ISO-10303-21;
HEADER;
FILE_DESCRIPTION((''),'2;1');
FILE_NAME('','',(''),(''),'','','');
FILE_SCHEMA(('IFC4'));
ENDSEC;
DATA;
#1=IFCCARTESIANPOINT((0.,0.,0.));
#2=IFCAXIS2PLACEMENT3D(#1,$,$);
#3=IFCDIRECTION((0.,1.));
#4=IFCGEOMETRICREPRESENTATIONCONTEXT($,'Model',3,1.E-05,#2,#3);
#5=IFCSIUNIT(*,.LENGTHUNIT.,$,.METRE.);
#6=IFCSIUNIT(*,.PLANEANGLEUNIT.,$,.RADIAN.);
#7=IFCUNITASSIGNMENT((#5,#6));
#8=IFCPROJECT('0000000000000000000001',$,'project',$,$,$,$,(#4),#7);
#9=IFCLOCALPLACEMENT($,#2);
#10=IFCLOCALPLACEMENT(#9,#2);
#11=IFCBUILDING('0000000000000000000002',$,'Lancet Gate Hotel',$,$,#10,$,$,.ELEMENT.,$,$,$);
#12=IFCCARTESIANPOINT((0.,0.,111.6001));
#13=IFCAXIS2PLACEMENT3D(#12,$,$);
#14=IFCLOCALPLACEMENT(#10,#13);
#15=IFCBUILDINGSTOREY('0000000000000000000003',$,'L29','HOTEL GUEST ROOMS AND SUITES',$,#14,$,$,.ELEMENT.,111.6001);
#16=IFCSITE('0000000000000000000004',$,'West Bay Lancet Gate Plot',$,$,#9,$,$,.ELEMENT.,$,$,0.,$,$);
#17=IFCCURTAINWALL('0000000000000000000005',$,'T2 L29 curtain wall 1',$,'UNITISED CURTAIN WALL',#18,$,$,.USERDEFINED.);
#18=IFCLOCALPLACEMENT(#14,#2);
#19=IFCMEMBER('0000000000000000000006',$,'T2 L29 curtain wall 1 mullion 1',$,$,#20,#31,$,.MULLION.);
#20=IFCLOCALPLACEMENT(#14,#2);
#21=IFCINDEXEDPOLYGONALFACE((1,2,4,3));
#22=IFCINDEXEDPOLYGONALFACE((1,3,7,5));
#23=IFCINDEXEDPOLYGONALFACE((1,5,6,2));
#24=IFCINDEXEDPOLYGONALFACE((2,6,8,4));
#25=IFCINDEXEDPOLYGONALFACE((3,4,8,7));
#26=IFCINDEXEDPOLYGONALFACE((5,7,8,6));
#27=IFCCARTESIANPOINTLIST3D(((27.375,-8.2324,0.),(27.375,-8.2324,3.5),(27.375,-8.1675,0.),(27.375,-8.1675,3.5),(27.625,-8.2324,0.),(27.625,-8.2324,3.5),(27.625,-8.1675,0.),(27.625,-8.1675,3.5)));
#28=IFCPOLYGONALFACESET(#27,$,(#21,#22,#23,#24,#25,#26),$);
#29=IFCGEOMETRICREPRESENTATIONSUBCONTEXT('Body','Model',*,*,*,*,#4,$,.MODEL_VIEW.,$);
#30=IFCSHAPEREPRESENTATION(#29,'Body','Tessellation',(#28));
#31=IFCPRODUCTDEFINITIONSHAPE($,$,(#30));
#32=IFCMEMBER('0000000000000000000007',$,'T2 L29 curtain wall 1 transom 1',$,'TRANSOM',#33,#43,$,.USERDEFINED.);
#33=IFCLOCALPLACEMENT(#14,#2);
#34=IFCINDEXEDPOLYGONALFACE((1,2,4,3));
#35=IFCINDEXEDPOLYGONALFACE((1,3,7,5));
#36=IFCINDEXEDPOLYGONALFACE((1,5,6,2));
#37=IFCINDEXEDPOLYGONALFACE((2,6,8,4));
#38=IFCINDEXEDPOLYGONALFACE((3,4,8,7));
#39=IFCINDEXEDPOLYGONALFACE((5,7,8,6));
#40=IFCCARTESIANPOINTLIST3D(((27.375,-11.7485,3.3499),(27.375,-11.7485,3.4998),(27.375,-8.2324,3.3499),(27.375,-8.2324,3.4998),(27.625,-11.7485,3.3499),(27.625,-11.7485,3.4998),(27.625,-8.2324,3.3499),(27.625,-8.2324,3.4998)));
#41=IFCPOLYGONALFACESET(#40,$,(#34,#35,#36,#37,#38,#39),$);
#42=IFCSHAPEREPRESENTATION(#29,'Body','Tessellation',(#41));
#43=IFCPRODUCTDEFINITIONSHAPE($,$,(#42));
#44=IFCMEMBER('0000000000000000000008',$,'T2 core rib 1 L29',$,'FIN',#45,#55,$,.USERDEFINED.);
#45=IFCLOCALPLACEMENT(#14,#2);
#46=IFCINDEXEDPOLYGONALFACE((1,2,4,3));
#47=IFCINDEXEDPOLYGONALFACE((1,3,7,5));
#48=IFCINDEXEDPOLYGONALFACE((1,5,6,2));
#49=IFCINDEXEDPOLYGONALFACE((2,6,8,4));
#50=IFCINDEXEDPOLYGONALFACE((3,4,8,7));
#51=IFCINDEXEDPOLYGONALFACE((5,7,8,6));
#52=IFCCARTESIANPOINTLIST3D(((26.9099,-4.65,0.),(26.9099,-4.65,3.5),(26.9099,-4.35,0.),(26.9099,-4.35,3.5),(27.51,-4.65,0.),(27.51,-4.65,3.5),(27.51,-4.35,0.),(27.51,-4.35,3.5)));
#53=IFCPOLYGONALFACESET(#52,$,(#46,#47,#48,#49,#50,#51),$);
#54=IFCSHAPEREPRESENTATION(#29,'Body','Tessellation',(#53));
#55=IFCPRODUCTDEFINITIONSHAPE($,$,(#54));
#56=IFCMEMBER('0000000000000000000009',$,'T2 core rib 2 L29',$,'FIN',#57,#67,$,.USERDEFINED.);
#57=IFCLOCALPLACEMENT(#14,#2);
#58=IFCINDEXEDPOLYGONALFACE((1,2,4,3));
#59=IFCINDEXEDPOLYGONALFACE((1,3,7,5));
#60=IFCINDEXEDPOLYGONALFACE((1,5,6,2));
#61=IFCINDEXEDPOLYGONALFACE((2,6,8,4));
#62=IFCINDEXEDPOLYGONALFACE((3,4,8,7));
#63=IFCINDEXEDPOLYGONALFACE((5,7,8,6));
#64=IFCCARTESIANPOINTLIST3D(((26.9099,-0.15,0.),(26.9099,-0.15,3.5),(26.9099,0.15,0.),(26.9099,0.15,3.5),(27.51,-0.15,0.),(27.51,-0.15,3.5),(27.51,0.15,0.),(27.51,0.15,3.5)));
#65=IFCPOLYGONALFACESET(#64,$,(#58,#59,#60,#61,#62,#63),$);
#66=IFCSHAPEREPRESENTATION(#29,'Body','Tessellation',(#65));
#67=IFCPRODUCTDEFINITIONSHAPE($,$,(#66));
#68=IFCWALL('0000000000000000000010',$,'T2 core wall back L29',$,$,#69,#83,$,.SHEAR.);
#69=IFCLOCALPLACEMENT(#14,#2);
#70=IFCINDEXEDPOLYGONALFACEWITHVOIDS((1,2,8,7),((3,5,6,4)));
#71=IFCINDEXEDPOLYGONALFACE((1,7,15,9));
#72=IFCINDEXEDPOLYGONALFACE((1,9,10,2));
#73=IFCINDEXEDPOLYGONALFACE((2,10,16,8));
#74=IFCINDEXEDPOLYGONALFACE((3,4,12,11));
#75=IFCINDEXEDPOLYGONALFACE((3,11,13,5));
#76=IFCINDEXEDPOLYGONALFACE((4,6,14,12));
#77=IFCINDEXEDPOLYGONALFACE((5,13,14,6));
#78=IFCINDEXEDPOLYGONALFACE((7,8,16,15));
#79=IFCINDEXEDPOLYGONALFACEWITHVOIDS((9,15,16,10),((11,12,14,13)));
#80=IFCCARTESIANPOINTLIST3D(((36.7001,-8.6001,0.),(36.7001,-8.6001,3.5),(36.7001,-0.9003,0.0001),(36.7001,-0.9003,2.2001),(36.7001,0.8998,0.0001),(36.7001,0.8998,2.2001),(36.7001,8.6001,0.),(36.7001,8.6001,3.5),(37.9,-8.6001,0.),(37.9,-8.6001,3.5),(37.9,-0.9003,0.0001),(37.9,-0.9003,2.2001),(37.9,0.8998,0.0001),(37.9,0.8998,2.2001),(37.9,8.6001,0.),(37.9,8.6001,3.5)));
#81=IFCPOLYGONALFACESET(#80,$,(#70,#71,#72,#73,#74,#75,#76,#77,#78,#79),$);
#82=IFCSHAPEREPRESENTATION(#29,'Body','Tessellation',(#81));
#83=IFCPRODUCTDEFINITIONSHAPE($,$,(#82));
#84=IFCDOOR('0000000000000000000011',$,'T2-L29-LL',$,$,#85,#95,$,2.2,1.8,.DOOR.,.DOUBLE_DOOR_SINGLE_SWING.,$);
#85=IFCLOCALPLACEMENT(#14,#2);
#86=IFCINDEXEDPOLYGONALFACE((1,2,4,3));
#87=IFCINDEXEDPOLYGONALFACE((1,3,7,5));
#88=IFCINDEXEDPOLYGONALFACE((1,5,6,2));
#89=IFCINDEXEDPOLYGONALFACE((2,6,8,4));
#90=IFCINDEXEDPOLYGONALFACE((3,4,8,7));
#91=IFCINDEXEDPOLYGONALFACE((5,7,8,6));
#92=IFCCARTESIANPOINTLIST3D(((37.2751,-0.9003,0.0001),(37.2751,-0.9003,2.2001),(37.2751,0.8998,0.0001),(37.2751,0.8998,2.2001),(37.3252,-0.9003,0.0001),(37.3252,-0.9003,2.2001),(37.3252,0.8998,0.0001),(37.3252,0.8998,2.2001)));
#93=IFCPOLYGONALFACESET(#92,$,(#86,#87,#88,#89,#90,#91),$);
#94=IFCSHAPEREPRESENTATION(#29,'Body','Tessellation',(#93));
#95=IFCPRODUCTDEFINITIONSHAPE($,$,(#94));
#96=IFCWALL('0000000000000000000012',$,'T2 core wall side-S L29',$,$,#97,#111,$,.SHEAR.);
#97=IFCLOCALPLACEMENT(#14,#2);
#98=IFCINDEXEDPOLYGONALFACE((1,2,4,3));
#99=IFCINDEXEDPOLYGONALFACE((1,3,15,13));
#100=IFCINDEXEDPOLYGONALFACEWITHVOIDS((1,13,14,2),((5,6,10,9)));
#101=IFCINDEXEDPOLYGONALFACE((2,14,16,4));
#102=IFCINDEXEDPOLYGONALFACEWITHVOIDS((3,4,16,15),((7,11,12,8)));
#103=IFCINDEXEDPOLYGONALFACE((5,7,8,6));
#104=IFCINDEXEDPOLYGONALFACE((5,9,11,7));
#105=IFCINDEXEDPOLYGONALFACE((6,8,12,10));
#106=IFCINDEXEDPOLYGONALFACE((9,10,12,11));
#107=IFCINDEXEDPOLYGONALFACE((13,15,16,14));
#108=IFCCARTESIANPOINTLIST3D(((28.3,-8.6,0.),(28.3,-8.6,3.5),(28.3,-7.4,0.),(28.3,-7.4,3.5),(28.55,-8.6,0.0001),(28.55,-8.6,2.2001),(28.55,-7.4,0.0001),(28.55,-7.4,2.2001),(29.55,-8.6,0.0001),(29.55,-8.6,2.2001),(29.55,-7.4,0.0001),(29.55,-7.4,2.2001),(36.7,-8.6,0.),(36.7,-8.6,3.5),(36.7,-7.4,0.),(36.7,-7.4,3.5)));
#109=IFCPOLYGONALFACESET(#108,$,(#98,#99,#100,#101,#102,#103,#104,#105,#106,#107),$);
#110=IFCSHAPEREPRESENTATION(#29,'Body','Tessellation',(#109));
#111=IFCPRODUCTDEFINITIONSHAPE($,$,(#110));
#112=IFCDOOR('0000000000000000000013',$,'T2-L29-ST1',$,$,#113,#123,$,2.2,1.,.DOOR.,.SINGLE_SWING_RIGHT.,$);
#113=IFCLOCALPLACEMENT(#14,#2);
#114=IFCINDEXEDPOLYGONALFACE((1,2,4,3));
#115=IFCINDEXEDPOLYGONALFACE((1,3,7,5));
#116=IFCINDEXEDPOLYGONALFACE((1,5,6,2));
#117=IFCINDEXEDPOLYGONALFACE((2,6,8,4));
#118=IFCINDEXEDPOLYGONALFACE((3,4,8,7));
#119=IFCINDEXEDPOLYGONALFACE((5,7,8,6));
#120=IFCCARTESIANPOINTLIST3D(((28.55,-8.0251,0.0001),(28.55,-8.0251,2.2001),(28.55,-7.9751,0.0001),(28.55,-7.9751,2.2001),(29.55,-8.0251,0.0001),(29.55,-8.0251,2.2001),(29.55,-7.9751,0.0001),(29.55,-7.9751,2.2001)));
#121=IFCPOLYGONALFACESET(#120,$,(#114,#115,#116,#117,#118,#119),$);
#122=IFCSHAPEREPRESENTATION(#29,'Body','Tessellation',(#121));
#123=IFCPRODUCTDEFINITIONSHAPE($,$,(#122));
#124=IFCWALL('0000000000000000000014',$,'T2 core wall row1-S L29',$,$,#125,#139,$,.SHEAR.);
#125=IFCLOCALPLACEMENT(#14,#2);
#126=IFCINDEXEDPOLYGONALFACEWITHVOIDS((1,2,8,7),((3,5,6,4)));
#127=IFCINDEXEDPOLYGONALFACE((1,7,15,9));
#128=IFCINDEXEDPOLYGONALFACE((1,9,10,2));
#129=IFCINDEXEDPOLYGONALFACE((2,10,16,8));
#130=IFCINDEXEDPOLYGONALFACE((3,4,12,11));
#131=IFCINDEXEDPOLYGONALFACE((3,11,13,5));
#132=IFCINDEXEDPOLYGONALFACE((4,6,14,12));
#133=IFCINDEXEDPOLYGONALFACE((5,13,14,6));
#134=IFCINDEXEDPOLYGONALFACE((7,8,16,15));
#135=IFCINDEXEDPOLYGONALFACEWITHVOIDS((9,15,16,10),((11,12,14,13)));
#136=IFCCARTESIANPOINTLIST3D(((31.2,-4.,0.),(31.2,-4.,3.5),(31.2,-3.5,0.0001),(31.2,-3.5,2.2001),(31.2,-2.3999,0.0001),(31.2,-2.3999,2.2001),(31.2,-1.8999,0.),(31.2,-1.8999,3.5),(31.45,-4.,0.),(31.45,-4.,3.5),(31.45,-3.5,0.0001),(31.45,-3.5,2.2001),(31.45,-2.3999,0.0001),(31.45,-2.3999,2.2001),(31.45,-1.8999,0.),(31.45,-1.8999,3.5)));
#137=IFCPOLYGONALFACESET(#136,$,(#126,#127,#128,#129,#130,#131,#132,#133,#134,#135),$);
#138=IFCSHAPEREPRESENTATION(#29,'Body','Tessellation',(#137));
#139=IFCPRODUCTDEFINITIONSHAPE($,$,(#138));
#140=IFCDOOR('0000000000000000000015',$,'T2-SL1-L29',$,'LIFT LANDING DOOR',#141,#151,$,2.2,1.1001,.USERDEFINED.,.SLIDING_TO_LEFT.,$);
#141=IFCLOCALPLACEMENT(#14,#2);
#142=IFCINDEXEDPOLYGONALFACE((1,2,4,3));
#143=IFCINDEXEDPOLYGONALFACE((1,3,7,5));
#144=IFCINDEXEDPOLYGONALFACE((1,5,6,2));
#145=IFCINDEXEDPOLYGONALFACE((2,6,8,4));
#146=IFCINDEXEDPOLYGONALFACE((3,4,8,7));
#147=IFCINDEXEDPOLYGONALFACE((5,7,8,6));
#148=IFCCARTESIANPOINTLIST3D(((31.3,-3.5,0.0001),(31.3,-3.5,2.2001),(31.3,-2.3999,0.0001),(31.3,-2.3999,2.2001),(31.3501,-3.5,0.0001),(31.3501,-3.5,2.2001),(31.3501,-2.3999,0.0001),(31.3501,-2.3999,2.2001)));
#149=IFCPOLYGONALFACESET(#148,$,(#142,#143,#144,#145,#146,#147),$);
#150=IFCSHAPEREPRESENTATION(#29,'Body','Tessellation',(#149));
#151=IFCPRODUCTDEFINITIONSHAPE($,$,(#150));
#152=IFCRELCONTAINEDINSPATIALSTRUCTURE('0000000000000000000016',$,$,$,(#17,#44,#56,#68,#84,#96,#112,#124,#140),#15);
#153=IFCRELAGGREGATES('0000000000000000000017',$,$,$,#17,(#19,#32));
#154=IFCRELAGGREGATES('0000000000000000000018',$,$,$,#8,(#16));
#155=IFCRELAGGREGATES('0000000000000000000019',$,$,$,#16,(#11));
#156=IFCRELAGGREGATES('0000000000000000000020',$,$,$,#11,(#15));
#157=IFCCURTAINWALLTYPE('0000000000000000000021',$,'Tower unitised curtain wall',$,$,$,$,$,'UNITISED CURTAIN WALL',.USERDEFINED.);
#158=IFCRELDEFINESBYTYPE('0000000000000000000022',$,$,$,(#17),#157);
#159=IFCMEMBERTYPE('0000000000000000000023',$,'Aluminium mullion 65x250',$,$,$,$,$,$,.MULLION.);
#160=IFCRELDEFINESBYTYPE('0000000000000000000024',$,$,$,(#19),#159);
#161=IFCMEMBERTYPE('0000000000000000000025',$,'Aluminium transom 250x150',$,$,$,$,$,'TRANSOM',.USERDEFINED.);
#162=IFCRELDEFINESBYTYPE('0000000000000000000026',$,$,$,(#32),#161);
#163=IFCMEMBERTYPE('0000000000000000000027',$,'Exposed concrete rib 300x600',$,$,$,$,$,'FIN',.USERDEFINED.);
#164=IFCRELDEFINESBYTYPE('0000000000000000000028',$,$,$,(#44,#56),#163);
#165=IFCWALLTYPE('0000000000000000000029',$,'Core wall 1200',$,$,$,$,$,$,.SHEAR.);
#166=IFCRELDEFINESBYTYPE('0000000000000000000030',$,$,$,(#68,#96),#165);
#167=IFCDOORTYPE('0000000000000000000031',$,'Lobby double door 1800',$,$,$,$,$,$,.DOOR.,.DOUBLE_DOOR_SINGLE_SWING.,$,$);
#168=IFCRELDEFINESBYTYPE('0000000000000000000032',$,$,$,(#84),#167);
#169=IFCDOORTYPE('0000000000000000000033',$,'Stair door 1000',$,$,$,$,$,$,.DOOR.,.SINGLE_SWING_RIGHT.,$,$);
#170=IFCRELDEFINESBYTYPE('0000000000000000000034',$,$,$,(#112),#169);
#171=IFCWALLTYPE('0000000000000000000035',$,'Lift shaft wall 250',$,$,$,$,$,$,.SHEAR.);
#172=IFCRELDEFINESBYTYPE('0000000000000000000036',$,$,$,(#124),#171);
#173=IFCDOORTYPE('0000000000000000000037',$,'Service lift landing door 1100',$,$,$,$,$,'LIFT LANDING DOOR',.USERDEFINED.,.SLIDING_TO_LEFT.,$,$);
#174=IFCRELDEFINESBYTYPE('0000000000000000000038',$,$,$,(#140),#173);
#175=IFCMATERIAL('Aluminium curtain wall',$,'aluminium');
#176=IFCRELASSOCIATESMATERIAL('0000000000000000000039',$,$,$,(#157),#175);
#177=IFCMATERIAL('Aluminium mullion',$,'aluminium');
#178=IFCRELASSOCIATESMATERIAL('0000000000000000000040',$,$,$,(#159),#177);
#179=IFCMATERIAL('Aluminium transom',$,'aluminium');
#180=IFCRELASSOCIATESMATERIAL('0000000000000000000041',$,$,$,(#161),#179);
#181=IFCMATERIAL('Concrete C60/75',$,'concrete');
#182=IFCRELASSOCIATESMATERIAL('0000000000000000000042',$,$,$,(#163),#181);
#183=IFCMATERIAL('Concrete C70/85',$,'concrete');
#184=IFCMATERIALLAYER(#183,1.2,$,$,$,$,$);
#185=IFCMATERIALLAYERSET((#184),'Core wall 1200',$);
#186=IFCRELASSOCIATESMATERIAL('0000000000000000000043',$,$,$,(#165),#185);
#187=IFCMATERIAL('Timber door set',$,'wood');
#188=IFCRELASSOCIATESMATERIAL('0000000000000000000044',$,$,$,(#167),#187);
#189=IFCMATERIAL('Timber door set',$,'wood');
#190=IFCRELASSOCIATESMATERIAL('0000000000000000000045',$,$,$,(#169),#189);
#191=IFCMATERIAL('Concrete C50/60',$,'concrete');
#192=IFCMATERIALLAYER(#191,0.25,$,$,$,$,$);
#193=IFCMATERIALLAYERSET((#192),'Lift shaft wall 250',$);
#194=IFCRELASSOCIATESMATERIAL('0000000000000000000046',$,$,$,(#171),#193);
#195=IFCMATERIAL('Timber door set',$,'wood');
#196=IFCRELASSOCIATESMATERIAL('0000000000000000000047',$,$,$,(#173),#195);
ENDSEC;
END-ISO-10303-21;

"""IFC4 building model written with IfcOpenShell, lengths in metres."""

from ifc_helpers import new_model, si_unit, direction, frame, frame_2d, origin, origin_2d, place, context, subcontext, project, spatial, rectangle, extrude, material, layer, layer_set, material_profile, profile_set, type_object, element, fill, aggregate, save


model = new_model("IFC4")

# Units and contexts
model_context = context("Model", 3, precision=1e-05, world=origin(), true_north=direction((0.0, 1.0)))
body_context = subcontext(model_context, "Body", "Model", "MODEL_VIEW")
ifc_project = project(units=[si_unit("LENGTHUNIT", "METRE"), si_unit("PLANEANGLEUNIT", "RADIAN")], contexts=[model_context])

# Site, building, storey
site_placement = place(None, origin())
site = spatial("IfcSite", under=ifc_project, at=site_placement, Name="West Bay Lancet Gate Plot", CompositionType="ELEMENT", RefElevation=0.0)
building_placement = place(site_placement, origin())
building = spatial("IfcBuilding", under=site, at=building_placement, Name="Lancet Gate Hotel", CompositionType="ELEMENT")
storey_placement = place(building_placement, frame((0.0, 0.0, 111.6001)))
storey = spatial("IfcBuildingStorey", under=building, at=storey_placement, Name="L29", Description="HOTEL GUEST ROOMS AND SUITES", CompositionType="ELEMENT", Elevation=111.6001)

# Curtain wall, members
ifc_material_1 = material(Name="Aluminium curtain wall", Category="aluminium")
curtain_wall_type = type_object("IfcCurtainWallType", Name="Tower unitised curtain wall", ElementType="UNITISED CURTAIN WALL", PredefinedType="USERDEFINED", material=ifc_material_1)
curtain_wall_placement = place(storey_placement, origin())
curtain_wall = element("IfcCurtainWall", 1, at=curtain_wall_placement, inside=storey, type_object=curtain_wall_type, Name="T2 L29 curtain wall 1", ObjectType="UNITISED CURTAIN WALL", PredefinedType="USERDEFINED")
ifc_material_2 = material(Name="Aluminium mullion", Category="aluminium")
ifc_material_profile_1 = material_profile(ifc_material_2, rectangle(XDim=0.0649, YDim=0.25, at=origin_2d()), Name="MULLION 65x250")
ifc_profile_set_1 = profile_set([ifc_material_profile_1], Name="Aluminium mullion")
member_type_1 = type_object("IfcMemberType", Name="Aluminium mullion 65x250", PredefinedType="MULLION", material=ifc_profile_set_1)
member_1_placement = place(storey_placement, frame((27.5, -8.2, 0.0), z_axis=(0.0, 0.0, 1.0), x_axis=(0.0, -1.0, 0.0)))
member_1 = element("IfcMember", 2, at=member_1_placement, type_object=member_type_1, Name="T2 L29 curtain wall 1 mullion 1", PredefinedType="MULLION", context=body_context, shape_type="SweptSolid", body=[
    extrude(rectangle(XDim=0.0649, YDim=0.25, at=origin_2d()), origin(), (0.0, 0.0, 1.0), 3.5),
])
ifc_material_3 = material(Name="Aluminium transom", Category="aluminium")
ifc_material_profile_2 = material_profile(ifc_material_3, rectangle(XDim=0.25, YDim=0.1499, at=origin_2d()), Name="TRANSOM 250x150")
ifc_profile_set_2 = profile_set([ifc_material_profile_2], Name="Aluminium transom")
member_type_2 = type_object("IfcMemberType", Name="Aluminium transom 250x150", ElementType="TRANSOM", PredefinedType="USERDEFINED", material=ifc_profile_set_2)
member_2_placement = place(storey_placement, frame((27.5, -8.2324, 3.4248), z_axis=(0.0, -1.0, 0.0), x_axis=(1.0, 0.0, 0.0)))
member_2 = element("IfcMember", 3, at=member_2_placement, type_object=member_type_2, Name="T2 L29 curtain wall 1 transom 1", ObjectType="TRANSOM", PredefinedType="USERDEFINED", context=body_context, shape_type="SweptSolid", body=[
    extrude(rectangle(XDim=0.25, YDim=0.1499, at=origin_2d()), origin(), (0.0, 0.0, 1.0), 3.5161),
])
aggregate(curtain_wall, [member_1, member_2])

# Members
ifc_material_4 = material(Name="Concrete C60/75", Category="concrete")
ifc_material_profile_3 = material_profile(ifc_material_4, rectangle(XDim=0.3, YDim=0.6001, at=origin_2d()), Name="FIN 300x600")
ifc_profile_set_3 = profile_set([ifc_material_profile_3], Name="Concrete C60/75")
member_type_3 = type_object("IfcMemberType", Name="Exposed concrete rib 300x600", ElementType="FIN", PredefinedType="USERDEFINED", material=ifc_profile_set_3)
for number, where, z_axis, x_axis, name in (
    (4, (27.21, -4.5, 0.0), (0.0, 0.0, 1.0), (0.0, 1.0, 0.0), "T2 core rib 1 L29"),
    (5, (27.21, 0.0, 0.0), (0.0, 0.0, 1.0), (0.0, 1.0, 0.0), "T2 core rib 2 L29"),
):
    element("IfcMember", number, at=place(storey_placement, frame(where, z_axis=z_axis, x_axis=x_axis)), inside=storey, type_object=member_type_3, Name=name, ObjectType="FIN", PredefinedType="USERDEFINED", context=body_context, shape_type="SweptSolid", body=[
        extrude(rectangle(XDim=0.3, YDim=0.6001, at=origin_2d()), origin(), (0.0, 0.0, 1.0), 3.5),
    ])

# Walls, openings, doors
ifc_material_5 = material(Name="Concrete C70/85", Category="concrete")
ifc_layer_1 = layer(ifc_material_5, 1.2)
ifc_layer_set_1 = layer_set([ifc_layer_1], Name="Core wall 1200")
wall_type_1 = type_object("IfcWallType", Name="Core wall 1200", PredefinedType="SHEAR", material=ifc_layer_set_1)
wall_1_placement = place(storey_placement, frame((37.3, -8.6001, 0.0), z_axis=(0.0, 0.0, 1.0), x_axis=(0.0, 1.0, 0.0)))
wall_1 = element("IfcWall", 6, at=wall_1_placement, inside=storey, type_object=wall_type_1, Name="T2 core wall back L29", PredefinedType="SHEAR", context=body_context, shape_type="SweptSolid", body=[
    extrude(rectangle(XDim=17.2002, YDim=1.2, at=frame_2d((8.6001, 0.0))), origin(), (0.0, 0.0, 1.0), 3.5),
])
opening_1_placement = place(wall_1_placement, frame((7.7, 0.0, 0.0)))
opening_1 = element("IfcOpeningElement", 7, at=opening_1_placement, cuts=wall_1, PredefinedType="OPENING", context=body_context, shape_type="SweptSolid", body=[
    extrude(rectangle(XDim=1.8, YDim=2.2, at=frame_2d((0.8999, 1.1001))), frame((0.0, 0.6099, 0.0), z_axis=(0.0, -1.0, 0.0), x_axis=(1.0, 0.0, 0.0)), (0.0, 0.0, 1.0), 1.22),
])
ifc_material_6 = material(Name="Timber door set", Category="wood")
door_type_1 = type_object("IfcDoorType", Name="Lobby double door 1800", OperationType="DOUBLE_DOOR_SINGLE_SWING", PredefinedType="DOOR", material=ifc_material_6)
door_1_placement = place(opening_1_placement, origin())
door_1 = element("IfcDoor", 8, at=door_1_placement, inside=storey, type_object=door_type_1, Name="T2-L29-LL", OperationType="DOUBLE_DOOR_SINGLE_SWING", OverallHeight=2.2, OverallWidth=1.8, PredefinedType="DOOR", context=body_context, shape_type="SweptSolid", body=[
    extrude(rectangle(XDim=1.8, YDim=2.2, at=frame_2d((0.8999, 1.1001))), frame((0.0, 0.0249, 0.0), z_axis=(0.0, -1.0, 0.0), x_axis=(1.0, 0.0, 0.0)), (0.0, 0.0, 1.0), 0.05),
])
fill(opening_1, door_1)
wall_2_placement = place(storey_placement, frame((28.3, -8.0, 0.0), z_axis=(0.0, 0.0, 1.0), x_axis=(1.0, 0.0, 0.0)))
wall_2 = element("IfcWall", 9, at=wall_2_placement, inside=storey, type_object=wall_type_1, Name="T2 core wall side-S L29", PredefinedType="SHEAR", context=body_context, shape_type="SweptSolid", body=[
    extrude(rectangle(XDim=8.3999, YDim=1.2, at=frame_2d((4.2, 0.0))), origin(), (0.0, 0.0, 1.0), 3.5),
])
opening_2_placement = place(wall_2_placement, frame((0.25, 0.0, 0.0)))
opening_2 = element("IfcOpeningElement", 10, at=opening_2_placement, cuts=wall_2, PredefinedType="OPENING", context=body_context, shape_type="SweptSolid", body=[
    extrude(rectangle(XDim=1.0, YDim=2.2, at=frame_2d((0.5, 1.1001))), frame((0.0, 0.6099, 0.0), z_axis=(0.0, -1.0, 0.0), x_axis=(1.0, 0.0, 0.0)), (0.0, 0.0, 1.0), 1.22),
])
ifc_material_7 = material(Name="Timber door set", Category="wood")
door_type_2 = type_object("IfcDoorType", Name="Stair door 1000", OperationType="SINGLE_SWING_RIGHT", PredefinedType="DOOR", material=ifc_material_7)
door_2_placement = place(opening_2_placement, origin())
door_2 = element("IfcDoor", 11, at=door_2_placement, inside=storey, type_object=door_type_2, Name="T2-L29-ST1", OperationType="SINGLE_SWING_RIGHT", OverallHeight=2.2, OverallWidth=1.0, PredefinedType="DOOR", context=body_context, shape_type="SweptSolid", body=[
    extrude(rectangle(XDim=1.0, YDim=2.2, at=frame_2d((0.5, 1.1001))), frame((0.0, 0.0249, 0.0), z_axis=(0.0, -1.0, 0.0), x_axis=(1.0, 0.0, 0.0)), (0.0, 0.0, 1.0), 0.05),
])
fill(opening_2, door_2)
ifc_material_8 = material(Name="Concrete C50/60", Category="concrete")
ifc_layer_2 = layer(ifc_material_8, 0.25)
ifc_layer_set_2 = layer_set([ifc_layer_2], Name="Lift shaft wall 250")
wall_type_2 = type_object("IfcWallType", Name="Lift shaft wall 250", PredefinedType="SHEAR", material=ifc_layer_set_2)
wall_3_placement = place(storey_placement, frame((31.325, -4.0, 0.0), z_axis=(0.0, 0.0, 1.0), x_axis=(0.0, 1.0, 0.0)))
wall_3 = element("IfcWall", 12, at=wall_3_placement, inside=storey, type_object=wall_type_2, Name="T2 core wall row1-S L29", PredefinedType="SHEAR", context=body_context, shape_type="SweptSolid", body=[
    extrude(rectangle(XDim=2.1001, YDim=0.25, at=frame_2d((1.05, 0.0))), origin(), (0.0, 0.0, 1.0), 3.5),
])
opening_3_placement = place(wall_3_placement, frame((0.5, 0.0, 0.0)))
opening_3 = element("IfcOpeningElement", 13, at=opening_3_placement, cuts=wall_3, PredefinedType="OPENING", context=body_context, shape_type="SweptSolid", body=[
    extrude(rectangle(XDim=1.1001, YDim=2.2, at=frame_2d((0.55, 1.1001))), frame((0.0, 0.135, 0.0), z_axis=(0.0, -1.0, 0.0), x_axis=(1.0, 0.0, 0.0)), (0.0, 0.0, 1.0), 0.27),
])
ifc_material_9 = material(Name="Timber door set", Category="wood")
door_type_3 = type_object("IfcDoorType", Name="Service lift landing door 1100", ElementType="LIFT LANDING DOOR", OperationType="SLIDING_TO_LEFT", PredefinedType="USERDEFINED", material=ifc_material_9)
door_3_placement = place(opening_3_placement, origin())
door_3 = element("IfcDoor", 14, at=door_3_placement, inside=storey, type_object=door_type_3, Name="T2-SL1-L29", ObjectType="LIFT LANDING DOOR", OperationType="SLIDING_TO_LEFT", OverallHeight=2.2, OverallWidth=1.1001, PredefinedType="USERDEFINED", context=body_context, shape_type="SweptSolid", body=[
    extrude(rectangle(XDim=1.1001, YDim=2.2, at=frame_2d((0.55, 1.1001))), frame((0.0, 0.0249, 0.0), z_axis=(0.0, -1.0, 0.0), x_axis=(1.0, 0.0, 0.0)), (0.0, 0.0, 1.0), 0.05),
])
fill(opening_3, door_3)

save(model, "model.ifc")
